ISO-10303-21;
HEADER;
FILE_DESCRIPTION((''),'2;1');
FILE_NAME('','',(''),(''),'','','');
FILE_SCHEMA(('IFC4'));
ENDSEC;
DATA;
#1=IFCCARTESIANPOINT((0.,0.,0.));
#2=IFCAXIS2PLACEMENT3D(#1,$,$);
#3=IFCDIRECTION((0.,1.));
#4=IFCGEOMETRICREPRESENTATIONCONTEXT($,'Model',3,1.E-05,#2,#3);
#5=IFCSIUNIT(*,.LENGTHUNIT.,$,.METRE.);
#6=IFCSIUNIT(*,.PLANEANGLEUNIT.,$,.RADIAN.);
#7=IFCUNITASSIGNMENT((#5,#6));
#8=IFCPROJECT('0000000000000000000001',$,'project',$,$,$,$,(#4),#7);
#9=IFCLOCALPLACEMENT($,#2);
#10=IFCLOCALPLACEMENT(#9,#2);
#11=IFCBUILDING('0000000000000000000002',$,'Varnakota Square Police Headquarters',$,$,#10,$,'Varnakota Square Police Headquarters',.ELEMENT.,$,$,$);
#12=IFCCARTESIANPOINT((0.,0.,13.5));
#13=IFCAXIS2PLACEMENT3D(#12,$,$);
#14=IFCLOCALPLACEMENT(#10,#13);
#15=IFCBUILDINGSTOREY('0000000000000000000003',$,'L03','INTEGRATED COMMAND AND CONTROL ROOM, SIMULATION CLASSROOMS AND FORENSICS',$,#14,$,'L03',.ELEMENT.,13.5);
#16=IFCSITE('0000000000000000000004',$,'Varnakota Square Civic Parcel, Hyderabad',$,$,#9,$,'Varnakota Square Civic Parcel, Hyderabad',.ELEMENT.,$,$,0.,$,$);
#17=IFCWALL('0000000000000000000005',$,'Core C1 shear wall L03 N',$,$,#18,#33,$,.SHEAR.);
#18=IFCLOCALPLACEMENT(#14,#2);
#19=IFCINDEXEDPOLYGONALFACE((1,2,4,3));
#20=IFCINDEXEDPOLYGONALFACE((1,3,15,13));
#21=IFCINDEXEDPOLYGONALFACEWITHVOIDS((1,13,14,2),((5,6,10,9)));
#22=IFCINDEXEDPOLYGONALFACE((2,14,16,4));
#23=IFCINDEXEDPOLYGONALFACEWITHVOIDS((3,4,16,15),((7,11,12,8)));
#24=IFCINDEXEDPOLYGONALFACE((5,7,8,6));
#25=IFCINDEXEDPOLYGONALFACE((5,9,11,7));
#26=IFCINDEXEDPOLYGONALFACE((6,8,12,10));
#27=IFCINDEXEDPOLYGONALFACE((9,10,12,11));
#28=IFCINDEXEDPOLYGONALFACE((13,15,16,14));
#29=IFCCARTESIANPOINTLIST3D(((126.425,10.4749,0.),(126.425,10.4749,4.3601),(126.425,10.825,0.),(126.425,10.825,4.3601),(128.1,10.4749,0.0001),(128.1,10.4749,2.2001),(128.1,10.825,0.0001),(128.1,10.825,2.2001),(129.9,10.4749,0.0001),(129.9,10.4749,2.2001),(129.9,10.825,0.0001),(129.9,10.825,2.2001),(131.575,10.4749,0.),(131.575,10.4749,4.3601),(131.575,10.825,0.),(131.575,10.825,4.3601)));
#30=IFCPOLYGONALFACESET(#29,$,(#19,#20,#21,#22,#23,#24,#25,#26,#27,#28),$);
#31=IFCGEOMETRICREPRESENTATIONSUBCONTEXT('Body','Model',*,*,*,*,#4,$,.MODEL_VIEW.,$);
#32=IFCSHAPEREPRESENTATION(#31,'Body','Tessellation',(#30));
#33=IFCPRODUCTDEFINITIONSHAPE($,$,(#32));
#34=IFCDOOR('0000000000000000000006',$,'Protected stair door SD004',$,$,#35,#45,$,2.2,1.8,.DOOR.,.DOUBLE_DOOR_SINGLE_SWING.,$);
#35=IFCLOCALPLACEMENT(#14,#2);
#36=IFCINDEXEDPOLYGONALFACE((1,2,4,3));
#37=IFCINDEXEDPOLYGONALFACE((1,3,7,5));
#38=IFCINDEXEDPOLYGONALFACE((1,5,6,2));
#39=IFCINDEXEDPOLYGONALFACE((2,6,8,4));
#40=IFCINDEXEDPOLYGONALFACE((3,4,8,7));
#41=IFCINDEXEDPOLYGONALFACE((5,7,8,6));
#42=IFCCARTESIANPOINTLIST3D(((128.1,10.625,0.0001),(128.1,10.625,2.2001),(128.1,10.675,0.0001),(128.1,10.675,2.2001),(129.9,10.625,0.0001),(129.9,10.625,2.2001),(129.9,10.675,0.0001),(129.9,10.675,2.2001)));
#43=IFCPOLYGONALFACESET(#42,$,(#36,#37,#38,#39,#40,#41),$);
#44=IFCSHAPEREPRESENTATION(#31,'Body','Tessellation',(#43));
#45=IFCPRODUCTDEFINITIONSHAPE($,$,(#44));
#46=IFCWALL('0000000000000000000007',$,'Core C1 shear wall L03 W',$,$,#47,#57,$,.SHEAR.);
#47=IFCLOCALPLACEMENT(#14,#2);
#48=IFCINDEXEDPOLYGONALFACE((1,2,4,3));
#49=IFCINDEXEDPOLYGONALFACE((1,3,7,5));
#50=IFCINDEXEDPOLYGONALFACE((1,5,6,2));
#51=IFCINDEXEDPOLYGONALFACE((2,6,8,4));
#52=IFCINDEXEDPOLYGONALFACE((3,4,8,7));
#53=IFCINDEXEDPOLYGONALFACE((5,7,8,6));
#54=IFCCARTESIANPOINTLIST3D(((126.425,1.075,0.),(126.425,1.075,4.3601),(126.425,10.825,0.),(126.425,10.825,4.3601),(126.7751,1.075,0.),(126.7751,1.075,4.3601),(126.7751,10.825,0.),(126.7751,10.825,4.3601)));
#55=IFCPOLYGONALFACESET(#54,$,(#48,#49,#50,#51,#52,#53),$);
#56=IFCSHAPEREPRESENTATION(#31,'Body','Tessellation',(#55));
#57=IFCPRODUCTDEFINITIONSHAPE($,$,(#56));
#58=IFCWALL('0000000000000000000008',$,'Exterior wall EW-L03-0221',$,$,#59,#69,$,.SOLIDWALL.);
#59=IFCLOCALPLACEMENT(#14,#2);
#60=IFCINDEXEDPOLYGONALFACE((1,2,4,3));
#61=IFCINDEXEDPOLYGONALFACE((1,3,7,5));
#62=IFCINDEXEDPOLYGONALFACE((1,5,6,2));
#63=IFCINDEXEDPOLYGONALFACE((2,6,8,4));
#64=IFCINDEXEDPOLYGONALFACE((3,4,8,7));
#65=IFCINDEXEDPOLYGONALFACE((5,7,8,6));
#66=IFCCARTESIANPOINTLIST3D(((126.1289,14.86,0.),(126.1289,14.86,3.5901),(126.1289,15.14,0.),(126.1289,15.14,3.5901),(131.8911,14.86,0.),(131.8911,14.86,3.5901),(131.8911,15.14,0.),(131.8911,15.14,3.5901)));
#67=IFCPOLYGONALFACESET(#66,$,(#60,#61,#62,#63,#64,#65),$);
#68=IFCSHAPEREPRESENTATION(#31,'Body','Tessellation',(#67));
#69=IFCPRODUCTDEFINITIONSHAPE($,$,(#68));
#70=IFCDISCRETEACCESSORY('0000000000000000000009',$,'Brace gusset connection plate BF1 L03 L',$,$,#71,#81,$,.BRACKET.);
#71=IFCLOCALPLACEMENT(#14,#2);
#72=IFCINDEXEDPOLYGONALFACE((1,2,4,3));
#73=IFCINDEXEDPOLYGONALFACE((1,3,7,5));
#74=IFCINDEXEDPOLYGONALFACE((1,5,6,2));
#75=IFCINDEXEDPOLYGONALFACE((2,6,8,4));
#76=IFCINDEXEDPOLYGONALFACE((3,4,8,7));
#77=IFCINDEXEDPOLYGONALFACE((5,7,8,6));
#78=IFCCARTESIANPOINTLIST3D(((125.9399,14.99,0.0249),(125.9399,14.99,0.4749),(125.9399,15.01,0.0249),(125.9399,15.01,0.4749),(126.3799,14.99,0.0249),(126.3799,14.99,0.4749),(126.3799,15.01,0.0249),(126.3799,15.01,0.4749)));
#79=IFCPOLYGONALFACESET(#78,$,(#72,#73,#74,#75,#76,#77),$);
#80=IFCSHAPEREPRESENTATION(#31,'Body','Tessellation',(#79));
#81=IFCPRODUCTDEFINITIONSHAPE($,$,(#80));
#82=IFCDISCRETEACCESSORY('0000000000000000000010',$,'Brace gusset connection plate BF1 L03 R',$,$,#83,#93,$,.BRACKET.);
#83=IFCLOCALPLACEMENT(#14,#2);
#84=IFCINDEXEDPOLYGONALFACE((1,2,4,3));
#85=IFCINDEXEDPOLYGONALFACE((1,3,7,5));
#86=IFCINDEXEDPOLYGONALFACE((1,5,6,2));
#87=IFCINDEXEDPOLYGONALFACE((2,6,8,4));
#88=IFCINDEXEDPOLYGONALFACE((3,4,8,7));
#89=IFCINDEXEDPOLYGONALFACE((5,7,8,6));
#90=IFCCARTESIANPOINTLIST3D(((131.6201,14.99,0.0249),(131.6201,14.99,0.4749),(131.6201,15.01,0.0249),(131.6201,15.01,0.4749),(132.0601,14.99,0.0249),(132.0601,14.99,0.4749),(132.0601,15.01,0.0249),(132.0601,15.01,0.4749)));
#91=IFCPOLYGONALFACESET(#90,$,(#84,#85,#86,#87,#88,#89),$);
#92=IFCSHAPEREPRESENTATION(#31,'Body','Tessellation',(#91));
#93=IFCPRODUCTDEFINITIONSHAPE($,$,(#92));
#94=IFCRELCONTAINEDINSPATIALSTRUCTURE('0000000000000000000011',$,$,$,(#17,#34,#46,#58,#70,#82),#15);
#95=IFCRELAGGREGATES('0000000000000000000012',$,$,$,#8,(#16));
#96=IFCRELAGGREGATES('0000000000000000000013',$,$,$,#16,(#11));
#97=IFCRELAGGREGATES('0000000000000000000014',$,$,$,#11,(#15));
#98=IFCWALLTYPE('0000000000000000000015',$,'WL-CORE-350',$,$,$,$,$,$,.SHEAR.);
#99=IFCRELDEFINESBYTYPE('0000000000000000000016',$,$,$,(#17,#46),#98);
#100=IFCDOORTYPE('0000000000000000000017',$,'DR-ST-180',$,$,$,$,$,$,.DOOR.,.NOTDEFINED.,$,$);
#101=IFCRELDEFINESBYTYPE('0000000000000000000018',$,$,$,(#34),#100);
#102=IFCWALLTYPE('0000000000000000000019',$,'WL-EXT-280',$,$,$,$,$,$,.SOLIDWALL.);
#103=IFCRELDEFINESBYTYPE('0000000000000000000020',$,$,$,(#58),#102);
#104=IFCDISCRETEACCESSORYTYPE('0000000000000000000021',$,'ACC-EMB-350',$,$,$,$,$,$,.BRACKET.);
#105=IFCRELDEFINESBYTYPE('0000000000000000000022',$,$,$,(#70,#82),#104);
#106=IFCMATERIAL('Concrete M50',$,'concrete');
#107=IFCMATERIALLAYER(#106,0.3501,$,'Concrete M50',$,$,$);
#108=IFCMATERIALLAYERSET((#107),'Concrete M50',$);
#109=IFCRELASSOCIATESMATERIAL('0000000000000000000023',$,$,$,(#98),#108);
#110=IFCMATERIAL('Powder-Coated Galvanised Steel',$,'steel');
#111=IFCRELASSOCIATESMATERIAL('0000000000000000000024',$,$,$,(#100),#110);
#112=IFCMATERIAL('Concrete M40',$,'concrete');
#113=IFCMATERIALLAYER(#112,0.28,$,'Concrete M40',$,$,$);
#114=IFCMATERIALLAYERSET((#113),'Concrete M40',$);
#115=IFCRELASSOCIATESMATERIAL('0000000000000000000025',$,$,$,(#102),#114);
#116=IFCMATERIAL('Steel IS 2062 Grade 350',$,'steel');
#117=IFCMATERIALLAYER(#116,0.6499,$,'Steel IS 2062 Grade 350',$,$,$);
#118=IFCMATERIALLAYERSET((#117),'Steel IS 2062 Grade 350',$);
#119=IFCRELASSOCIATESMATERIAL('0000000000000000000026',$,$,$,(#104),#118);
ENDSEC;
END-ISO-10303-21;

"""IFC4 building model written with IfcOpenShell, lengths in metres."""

from ifc_helpers import new_model, si_unit, direction, frame, frame_2d, origin, origin_2d, place, context, subcontext, project, spatial, rectangle, extrude, material, layer, layer_set, type_object, element, fill, save


model = new_model("IFC4")

# Units and contexts
model_context = context("Model", 3, precision=1e-05, world=origin(), true_north=direction((0.0, 1.0)))
body_context = subcontext(model_context, "Body", "Model", "MODEL_VIEW")
ifc_project = project(units=[si_unit("LENGTHUNIT", "METRE"), si_unit("PLANEANGLEUNIT", "RADIAN")], contexts=[model_context])

# Site, building, storey
site_placement = place(None, origin())
site = spatial("IfcSite", under=ifc_project, at=site_placement, Name="Varnakota Square Civic Parcel, Hyderabad", LongName="Varnakota Square Civic Parcel, Hyderabad", CompositionType="ELEMENT", RefElevation=0.0)
building_placement = place(site_placement, origin())
building = spatial("IfcBuilding", under=site, at=building_placement, Name="Varnakota Square Police Headquarters", LongName="Varnakota Square Police Headquarters", CompositionType="ELEMENT")
storey_placement = place(building_placement, frame((0.0, 0.0, 13.5)))
storey = spatial("IfcBuildingStorey", under=building, at=storey_placement, Name="L03", Description="INTEGRATED COMMAND AND CONTROL ROOM, SIMULATION CLASSROOMS AND FORENSICS", LongName="L03", CompositionType="ELEMENT", Elevation=13.5)

# Shared definitions
ifc_material_1 = material(Name="Steel IS 2062 Grade 350", Category="steel")

# Wall, opening, door
ifc_material_2 = material(Name="Concrete M50", Category="concrete")
ifc_layer_1 = layer(ifc_material_2, 0.3501, Name="Concrete M50")
ifc_layer_set_1 = layer_set([ifc_layer_1], Name="Concrete M50")
wall_type_1 = type_object("IfcWallType", Name="WL-CORE-350", PredefinedType="SHEAR", material=ifc_layer_set_1)
wall_1_placement = place(storey_placement, frame((131.575, 10.6499, 0.0), z_axis=(0.0, 0.0, 1.0), x_axis=(-1.0, 0.0, 0.0)))
wall_1 = element("IfcWall", 1, at=wall_1_placement, inside=storey, type_object=wall_type_1, Name="Core C1 shear wall L03 N", PredefinedType="SHEAR", context=body_context, shape_type="SweptSolid", body=[
    extrude(rectangle(XDim=5.1499, YDim=0.3501, at=frame_2d((2.575, 0.0))), origin(), (0.0, 0.0, 1.0), 4.3601),
])
opening_1_placement = place(wall_1_placement, frame((1.675, 0.0, 0.0)))
opening_1 = element("IfcOpeningElement", 2, at=opening_1_placement, cuts=wall_1, PredefinedType="OPENING", context=body_context, shape_type="SweptSolid", body=[
    extrude(rectangle(XDim=1.8, YDim=2.2, at=frame_2d((0.8999, 1.1001))), frame((0.0, 0.1851, 0.0), z_axis=(0.0, -1.0, 0.0), x_axis=(1.0, 0.0, 0.0)), (0.0, 0.0, 1.0), 0.3701),
])
ifc_material_3 = material(Name="Powder-Coated Galvanised Steel", Category="steel")
door_type_1 = type_object("IfcDoorType", Name="DR-ST-180", OperationType="NOTDEFINED", PredefinedType="DOOR", material=ifc_material_3)
door_1_placement = place(opening_1_placement, origin())
door_1 = element("IfcDoor", 3, at=door_1_placement, inside=storey, type_object=door_type_1, Name="Protected stair door SD004", OperationType="DOUBLE_DOOR_SINGLE_SWING", OverallHeight=2.2, OverallWidth=1.8, PredefinedType="DOOR", context=body_context, shape_type="SweptSolid", body=[
    extrude(rectangle(XDim=1.8, YDim=2.2, at=frame_2d((0.8999, 1.1001))), frame((0.0, 0.0249, 0.0), z_axis=(0.0, -1.0, 0.0), x_axis=(1.0, 0.0, 0.0)), (0.0, 0.0, 1.0), 0.05),
])
fill(opening_1, door_1)

# Walls
wall_2_placement = place(storey_placement, frame((126.6001, 10.825, 0.0), z_axis=(0.0, 0.0, 1.0), x_axis=(0.0, -1.0, 0.0)))
element("IfcWall", 4, at=wall_2_placement, inside=storey, type_object=wall_type_1, Name="Core C1 shear wall L03 W", PredefinedType="SHEAR", context=body_context, shape_type="SweptSolid", body=[
    extrude(rectangle(XDim=9.75, YDim=0.3501, at=frame_2d((4.875, 0.0))), origin(), (0.0, 0.0, 1.0), 4.3601),
])
ifc_material_4 = material(Name="Concrete M40", Category="concrete")
ifc_layer_2 = layer(ifc_material_4, 0.28, Name="Concrete M40")
ifc_layer_set_2 = layer_set([ifc_layer_2], Name="Concrete M40")
wall_type_2 = type_object("IfcWallType", Name="WL-EXT-280", PredefinedType="SOLIDWALL", material=ifc_layer_set_2)
wall_3_placement = place(storey_placement, frame((126.1289, 15.0, 0.0), z_axis=(0.0, 0.0, 1.0), x_axis=(1.0, 0.0, 0.0)))
element("IfcWall", 5, at=wall_3_placement, inside=storey, type_object=wall_type_2, Name="Exterior wall EW-L03-0221", PredefinedType="SOLIDWALL", context=body_context, shape_type="SweptSolid", body=[
    extrude(rectangle(XDim=5.7622, YDim=0.28, at=frame_2d((2.8811, 0.0))), origin(), (0.0, 0.0, 1.0), 3.5901),
])

# Discrete accessories
ifc_layer_3 = layer(ifc_material_1, 0.6499, Name="Steel IS 2062 Grade 350")
ifc_layer_set_3 = layer_set([ifc_layer_3], Name="Steel IS 2062 Grade 350")
discrete_accessory_type = type_object("IfcDiscreteAccessoryType", Name="ACC-EMB-350", PredefinedType="BRACKET", material=ifc_layer_set_3)
for number, where, z_axis, x_axis, name in (
    (6, (126.1599, 15.0, 0.0249), (0.0, 0.0, 1.0), (1.0, 0.0, 0.0), "Brace gusset connection plate BF1 L03 L"),
    (7, (131.8401, 15.0, 0.0249), (0.0, 0.0, 1.0), (1.0, 0.0, 0.0), "Brace gusset connection plate BF1 L03 R"),
):
    element("IfcDiscreteAccessory", number, at=place(storey_placement, frame(where, z_axis=z_axis, x_axis=x_axis)), inside=storey, type_object=discrete_accessory_type, Name=name, PredefinedType="BRACKET", context=body_context, shape_type="SweptSolid", body=[
        extrude(rectangle(XDim=0.4399, YDim=0.02, at=origin_2d()), origin(), (0.0, 0.0, 1.0), 0.45),
    ])

save(model, "model.ifc")
